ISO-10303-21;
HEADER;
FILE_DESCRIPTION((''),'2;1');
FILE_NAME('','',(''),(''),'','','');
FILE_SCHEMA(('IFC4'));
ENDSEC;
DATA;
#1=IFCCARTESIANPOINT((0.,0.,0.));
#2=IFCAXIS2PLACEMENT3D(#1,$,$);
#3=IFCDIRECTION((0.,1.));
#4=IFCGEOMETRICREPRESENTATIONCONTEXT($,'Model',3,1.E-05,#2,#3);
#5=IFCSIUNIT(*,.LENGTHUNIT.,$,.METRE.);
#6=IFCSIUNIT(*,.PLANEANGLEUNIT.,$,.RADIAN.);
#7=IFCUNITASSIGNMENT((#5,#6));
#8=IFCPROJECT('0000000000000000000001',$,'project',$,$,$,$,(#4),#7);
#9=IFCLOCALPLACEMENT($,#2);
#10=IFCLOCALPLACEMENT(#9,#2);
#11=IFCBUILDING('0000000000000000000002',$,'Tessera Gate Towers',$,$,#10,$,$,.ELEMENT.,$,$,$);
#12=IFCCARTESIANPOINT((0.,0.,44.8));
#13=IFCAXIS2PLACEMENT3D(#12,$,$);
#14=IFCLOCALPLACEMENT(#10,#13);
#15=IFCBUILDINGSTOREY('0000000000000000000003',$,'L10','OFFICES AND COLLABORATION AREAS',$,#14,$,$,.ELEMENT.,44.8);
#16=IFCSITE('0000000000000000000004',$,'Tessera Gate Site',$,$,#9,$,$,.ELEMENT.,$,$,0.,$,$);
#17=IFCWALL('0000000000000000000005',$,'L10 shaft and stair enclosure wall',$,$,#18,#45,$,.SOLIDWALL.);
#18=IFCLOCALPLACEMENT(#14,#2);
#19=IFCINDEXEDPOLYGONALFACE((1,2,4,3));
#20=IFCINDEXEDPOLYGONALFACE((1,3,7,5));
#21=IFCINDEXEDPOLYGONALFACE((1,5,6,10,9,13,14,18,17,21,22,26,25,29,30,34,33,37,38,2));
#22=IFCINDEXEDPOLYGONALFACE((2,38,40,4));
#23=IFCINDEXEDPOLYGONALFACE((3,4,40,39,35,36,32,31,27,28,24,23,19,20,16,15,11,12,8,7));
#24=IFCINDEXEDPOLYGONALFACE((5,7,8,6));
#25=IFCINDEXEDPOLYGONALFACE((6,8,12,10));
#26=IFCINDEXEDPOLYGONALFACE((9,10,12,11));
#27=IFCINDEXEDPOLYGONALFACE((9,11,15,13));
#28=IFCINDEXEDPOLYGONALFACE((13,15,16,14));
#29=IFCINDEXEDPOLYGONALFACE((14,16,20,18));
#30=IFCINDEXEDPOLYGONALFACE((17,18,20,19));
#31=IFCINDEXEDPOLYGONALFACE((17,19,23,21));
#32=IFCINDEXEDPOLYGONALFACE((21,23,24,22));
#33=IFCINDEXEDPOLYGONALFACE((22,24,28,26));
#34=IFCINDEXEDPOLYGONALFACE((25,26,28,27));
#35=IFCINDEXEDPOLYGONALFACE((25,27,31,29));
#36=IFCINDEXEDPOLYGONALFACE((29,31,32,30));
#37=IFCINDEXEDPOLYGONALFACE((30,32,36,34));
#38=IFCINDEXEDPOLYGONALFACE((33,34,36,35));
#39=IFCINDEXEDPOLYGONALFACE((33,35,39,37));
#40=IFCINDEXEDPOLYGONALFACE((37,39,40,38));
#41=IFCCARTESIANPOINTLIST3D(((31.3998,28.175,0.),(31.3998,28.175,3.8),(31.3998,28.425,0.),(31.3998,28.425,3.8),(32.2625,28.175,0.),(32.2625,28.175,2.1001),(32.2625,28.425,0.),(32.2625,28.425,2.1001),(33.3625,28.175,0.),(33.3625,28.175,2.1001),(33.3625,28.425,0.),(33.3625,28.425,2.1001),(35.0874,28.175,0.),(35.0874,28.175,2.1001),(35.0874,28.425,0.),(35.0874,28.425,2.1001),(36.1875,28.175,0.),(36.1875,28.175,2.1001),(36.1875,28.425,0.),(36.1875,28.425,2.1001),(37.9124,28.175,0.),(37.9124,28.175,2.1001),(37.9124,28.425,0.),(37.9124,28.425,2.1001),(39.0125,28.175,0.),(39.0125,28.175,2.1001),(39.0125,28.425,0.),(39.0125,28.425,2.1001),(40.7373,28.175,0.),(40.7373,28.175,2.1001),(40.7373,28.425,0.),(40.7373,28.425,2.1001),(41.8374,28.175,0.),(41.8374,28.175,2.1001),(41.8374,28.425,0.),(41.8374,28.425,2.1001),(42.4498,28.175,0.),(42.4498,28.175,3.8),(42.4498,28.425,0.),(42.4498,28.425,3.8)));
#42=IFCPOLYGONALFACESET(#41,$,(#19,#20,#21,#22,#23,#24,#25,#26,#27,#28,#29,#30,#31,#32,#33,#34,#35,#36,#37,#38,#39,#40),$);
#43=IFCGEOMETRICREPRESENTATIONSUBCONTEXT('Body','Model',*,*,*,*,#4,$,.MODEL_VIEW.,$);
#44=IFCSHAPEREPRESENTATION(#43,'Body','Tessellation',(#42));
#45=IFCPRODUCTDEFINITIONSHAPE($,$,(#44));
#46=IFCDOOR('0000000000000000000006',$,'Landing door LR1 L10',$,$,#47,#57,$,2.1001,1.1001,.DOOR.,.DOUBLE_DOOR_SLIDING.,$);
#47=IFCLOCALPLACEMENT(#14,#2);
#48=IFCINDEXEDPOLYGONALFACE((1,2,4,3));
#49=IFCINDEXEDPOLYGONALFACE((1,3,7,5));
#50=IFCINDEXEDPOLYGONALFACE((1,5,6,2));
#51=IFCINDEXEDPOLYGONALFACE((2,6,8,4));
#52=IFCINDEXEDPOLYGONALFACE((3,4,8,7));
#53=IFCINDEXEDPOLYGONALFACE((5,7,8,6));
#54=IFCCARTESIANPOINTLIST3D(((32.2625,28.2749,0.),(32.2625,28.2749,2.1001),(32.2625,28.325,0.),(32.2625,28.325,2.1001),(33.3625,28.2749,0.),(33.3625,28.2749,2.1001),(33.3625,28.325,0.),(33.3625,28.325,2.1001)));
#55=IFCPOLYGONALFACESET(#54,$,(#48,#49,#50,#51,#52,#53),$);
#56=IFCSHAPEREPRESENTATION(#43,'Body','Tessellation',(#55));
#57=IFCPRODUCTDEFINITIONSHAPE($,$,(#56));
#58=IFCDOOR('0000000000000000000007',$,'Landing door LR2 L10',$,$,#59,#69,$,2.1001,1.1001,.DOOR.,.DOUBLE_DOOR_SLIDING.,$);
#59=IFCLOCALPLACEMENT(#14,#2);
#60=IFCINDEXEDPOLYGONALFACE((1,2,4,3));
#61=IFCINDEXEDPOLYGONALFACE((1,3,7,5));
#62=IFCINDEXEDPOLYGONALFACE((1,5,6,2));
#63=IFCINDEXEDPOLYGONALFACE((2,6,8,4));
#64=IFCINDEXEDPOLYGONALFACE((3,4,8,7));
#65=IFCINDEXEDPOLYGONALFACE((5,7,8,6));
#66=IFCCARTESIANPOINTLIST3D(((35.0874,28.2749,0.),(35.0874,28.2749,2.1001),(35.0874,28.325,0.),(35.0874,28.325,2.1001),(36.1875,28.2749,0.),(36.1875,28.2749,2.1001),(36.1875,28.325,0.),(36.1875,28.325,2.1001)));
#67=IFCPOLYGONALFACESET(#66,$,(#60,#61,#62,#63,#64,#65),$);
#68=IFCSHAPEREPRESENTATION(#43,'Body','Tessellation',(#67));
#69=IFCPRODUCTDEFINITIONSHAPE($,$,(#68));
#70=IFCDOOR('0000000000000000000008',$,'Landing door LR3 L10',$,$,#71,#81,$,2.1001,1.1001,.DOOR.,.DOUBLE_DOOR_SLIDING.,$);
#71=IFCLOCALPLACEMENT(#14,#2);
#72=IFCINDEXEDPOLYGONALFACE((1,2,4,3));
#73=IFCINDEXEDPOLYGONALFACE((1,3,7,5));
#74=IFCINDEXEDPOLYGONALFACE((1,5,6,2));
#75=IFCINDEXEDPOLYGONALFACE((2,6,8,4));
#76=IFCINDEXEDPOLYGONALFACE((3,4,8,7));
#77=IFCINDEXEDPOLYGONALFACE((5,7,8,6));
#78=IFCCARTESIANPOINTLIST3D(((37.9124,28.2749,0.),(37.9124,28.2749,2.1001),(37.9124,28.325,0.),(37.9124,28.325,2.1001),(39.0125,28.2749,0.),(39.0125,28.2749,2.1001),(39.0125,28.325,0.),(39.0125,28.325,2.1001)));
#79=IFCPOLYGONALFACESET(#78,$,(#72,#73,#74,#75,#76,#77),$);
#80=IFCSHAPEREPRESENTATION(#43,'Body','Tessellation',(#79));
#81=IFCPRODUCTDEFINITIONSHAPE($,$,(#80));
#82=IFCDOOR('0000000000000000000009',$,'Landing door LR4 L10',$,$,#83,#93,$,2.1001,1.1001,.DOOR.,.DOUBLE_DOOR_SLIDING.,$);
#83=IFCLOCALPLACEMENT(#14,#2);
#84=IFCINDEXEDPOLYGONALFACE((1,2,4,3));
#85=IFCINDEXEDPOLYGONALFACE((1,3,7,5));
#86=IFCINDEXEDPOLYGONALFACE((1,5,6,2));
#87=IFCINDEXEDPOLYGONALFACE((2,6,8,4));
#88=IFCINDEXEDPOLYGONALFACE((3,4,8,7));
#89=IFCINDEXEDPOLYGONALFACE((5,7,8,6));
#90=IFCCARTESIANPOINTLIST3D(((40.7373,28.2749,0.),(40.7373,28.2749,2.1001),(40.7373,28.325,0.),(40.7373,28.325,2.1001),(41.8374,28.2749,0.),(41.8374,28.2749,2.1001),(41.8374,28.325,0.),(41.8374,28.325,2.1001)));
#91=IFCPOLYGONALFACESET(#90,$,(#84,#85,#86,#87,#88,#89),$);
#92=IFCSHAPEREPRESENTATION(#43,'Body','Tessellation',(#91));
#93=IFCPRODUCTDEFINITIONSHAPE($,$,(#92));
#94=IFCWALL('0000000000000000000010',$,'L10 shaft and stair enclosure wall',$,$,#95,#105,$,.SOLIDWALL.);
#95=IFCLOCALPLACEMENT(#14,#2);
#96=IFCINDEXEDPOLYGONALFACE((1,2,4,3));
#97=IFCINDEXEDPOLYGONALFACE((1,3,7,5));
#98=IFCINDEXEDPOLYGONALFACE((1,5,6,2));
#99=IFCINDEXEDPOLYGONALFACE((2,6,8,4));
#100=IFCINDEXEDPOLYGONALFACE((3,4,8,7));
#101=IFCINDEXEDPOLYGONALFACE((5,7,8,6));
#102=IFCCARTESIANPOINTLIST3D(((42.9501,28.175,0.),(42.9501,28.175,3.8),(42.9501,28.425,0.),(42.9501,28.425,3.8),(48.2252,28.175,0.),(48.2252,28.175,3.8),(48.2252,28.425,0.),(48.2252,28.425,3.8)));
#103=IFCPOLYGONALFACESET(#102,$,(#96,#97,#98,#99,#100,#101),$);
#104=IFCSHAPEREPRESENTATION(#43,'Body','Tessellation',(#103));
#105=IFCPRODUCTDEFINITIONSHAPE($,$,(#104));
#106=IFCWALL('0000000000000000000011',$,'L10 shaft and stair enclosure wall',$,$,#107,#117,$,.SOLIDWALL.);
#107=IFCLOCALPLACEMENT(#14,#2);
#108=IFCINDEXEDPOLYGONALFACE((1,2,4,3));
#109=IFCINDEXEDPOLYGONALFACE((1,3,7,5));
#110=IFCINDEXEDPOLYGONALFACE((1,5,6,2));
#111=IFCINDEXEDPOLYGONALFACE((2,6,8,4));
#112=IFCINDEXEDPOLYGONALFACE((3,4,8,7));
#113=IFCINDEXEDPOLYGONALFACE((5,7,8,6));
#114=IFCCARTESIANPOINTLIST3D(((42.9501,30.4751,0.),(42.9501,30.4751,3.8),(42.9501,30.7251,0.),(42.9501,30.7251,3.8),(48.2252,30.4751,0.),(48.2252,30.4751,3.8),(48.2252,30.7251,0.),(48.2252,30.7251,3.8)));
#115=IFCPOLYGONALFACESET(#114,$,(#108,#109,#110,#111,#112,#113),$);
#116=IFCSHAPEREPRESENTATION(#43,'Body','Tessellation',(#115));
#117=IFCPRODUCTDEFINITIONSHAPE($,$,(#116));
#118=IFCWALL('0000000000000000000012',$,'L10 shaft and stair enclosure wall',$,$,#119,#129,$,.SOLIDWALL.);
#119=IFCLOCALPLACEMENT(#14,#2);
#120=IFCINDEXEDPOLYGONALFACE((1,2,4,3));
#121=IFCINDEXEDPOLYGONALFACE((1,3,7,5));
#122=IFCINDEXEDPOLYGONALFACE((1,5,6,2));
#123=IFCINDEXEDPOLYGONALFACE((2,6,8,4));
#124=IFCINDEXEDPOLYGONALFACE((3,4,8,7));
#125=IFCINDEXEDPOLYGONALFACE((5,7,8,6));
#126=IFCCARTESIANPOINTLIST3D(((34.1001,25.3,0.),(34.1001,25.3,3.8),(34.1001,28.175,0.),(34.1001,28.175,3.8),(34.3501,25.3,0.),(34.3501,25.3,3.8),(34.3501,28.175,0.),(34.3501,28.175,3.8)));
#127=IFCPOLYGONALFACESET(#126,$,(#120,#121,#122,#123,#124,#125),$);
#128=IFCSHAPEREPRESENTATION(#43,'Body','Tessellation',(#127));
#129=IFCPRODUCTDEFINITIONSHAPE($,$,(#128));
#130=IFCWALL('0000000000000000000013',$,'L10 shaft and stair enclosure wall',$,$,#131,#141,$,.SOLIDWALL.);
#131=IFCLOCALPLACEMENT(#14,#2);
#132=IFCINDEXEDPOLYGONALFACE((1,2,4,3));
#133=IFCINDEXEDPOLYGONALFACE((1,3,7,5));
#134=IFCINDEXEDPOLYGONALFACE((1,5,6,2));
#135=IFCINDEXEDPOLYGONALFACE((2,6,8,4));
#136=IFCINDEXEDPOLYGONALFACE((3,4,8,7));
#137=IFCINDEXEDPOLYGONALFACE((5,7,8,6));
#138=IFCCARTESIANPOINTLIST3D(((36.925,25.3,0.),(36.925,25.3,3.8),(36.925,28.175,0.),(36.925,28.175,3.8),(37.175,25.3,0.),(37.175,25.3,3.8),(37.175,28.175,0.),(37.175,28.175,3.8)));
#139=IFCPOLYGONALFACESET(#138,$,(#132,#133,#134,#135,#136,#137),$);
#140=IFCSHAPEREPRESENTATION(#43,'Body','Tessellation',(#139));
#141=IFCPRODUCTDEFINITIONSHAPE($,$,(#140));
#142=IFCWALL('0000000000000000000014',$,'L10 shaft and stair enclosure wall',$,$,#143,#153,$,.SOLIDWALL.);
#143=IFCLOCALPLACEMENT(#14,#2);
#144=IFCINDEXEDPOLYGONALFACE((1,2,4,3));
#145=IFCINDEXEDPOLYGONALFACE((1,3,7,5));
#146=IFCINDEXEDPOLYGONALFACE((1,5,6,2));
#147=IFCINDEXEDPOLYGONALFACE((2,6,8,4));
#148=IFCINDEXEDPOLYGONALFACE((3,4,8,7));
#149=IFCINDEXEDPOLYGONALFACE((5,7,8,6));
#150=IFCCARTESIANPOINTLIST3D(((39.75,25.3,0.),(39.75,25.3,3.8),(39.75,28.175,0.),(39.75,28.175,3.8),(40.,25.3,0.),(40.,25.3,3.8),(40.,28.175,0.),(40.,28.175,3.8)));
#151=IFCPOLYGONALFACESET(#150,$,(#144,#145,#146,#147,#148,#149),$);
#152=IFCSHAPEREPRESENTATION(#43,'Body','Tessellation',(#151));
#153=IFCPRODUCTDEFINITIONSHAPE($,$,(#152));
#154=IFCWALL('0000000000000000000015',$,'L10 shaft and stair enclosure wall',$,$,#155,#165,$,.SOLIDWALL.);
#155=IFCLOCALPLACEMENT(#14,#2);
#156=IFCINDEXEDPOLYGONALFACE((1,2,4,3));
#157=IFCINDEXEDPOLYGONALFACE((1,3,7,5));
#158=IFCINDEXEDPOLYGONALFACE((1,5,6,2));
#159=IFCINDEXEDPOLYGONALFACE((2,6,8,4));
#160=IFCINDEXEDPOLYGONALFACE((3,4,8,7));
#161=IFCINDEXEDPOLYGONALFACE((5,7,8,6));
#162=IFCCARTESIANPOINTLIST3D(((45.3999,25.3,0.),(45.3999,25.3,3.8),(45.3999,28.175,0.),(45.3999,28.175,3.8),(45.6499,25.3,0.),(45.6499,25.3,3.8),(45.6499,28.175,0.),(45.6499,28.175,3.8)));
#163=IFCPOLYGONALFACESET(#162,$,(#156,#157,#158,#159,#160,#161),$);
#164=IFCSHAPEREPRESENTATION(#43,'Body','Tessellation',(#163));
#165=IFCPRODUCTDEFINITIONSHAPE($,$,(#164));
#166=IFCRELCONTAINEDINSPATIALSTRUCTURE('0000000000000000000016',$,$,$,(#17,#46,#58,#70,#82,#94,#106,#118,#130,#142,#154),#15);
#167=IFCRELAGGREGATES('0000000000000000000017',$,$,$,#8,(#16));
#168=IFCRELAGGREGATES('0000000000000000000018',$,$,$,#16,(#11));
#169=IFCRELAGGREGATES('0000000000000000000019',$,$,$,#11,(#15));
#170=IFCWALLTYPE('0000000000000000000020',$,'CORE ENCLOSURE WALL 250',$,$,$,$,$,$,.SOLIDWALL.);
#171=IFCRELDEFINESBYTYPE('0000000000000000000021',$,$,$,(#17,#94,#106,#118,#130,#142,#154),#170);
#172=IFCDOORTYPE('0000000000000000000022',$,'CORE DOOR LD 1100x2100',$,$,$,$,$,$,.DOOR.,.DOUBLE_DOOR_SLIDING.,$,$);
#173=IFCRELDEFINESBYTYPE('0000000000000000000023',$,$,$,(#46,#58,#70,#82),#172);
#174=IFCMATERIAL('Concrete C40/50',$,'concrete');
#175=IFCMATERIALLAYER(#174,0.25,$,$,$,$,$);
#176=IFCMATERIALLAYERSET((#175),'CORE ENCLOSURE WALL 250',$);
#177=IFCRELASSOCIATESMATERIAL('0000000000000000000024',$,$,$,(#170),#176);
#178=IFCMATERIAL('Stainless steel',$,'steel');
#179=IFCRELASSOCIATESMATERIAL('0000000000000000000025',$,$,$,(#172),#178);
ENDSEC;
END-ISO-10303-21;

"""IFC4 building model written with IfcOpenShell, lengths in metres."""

from ifc_helpers import new_model, si_unit, direction, frame, frame_2d, origin, place, context, subcontext, project, spatial, rectangle, extrude, source, transform, mapped, material, layer, layer_set, type_object, element, fill, save


model = new_model("IFC4")

# Units and contexts
model_context = context("Model", 3, precision=1e-05, world=origin(), true_north=direction((0.0, 1.0)))
body_context = subcontext(model_context, "Body", "Model", "MODEL_VIEW")
ifc_project = project(units=[si_unit("LENGTHUNIT", "METRE"), si_unit("PLANEANGLEUNIT", "RADIAN")], contexts=[model_context])

# Site, building, storey
site_placement = place(None, origin())
site = spatial("IfcSite", under=ifc_project, at=site_placement, Name="Tessera Gate Site", CompositionType="ELEMENT", RefElevation=0.0)
building_placement = place(site_placement, origin())
building = spatial("IfcBuilding", under=site, at=building_placement, Name="Tessera Gate Towers", CompositionType="ELEMENT")
storey_placement = place(building_placement, frame((0.0, 0.0, 44.8)))
storey = spatial("IfcBuildingStorey", under=building, at=storey_placement, Name="L10", Description="OFFICES AND COLLABORATION AREAS", CompositionType="ELEMENT", Elevation=44.8)

# Wall, openings, doors
ifc_material_1 = material(Name="Concrete C40/50", Category="concrete")
ifc_layer_1 = layer(ifc_material_1, 0.25)
ifc_layer_set_1 = layer_set([ifc_layer_1], Name="CORE ENCLOSURE WALL 250")
wall_type_1 = type_object("IfcWallType", Name="CORE ENCLOSURE WALL 250", PredefinedType="SOLIDWALL", material=ifc_layer_set_1)
wall_1_placement = place(storey_placement, frame((31.3999, 28.3, 0.0), z_axis=(0.0, 0.0, 1.0), x_axis=(1.0, 0.0, 0.0)))
wall_1 = element("IfcWall", 1, at=wall_1_placement, inside=storey, type_object=wall_type_1, Name="L10 shaft and stair enclosure wall", PredefinedType="SOLIDWALL", context=body_context, shape_type="SweptSolid", body=[
    extrude(rectangle(XDim=11.05, YDim=0.25, at=frame_2d((5.5249, 0.0))), origin(), (0.0, 0.0, 1.0), 3.8),
])
shared_shape_1 = source(origin(), body_context, "Body", "SweptSolid", [
    extrude(rectangle(XDim=1.1001, YDim=2.1001, at=frame_2d((0.55, 1.05))), frame((0.0, 0.135, 0.0), z_axis=(0.0, -1.0, 0.0), x_axis=(1.0, 0.0, 0.0)), (0.0, 0.0, 1.0), 0.27),
])
opening_1_placement = place(wall_1_placement, frame((0.8625, 0.0, 0.0)))
opening_1 = element("IfcOpeningElement", 2, at=opening_1_placement, cuts=wall_1, PredefinedType="OPENING", context=body_context, shape_type="MappedRepresentation", body=[
    mapped(shared_shape_1, transform((0.0, 0.0, 0.0), scale=1.0)),
])
opening_2_placement = place(wall_1_placement, frame((3.6875, 0.0, 0.0)))
opening_2 = element("IfcOpeningElement", 3, at=opening_2_placement, cuts=wall_1, PredefinedType="OPENING", context=body_context, shape_type="MappedRepresentation", body=[
    mapped(shared_shape_1, transform((0.0, 0.0, 0.0), scale=1.0)),
])
opening_3_placement = place(wall_1_placement, frame((6.5125, 0.0, 0.0)))
opening_3 = element("IfcOpeningElement", 4, at=opening_3_placement, cuts=wall_1, PredefinedType="OPENING", context=body_context, shape_type="MappedRepresentation", body=[
    mapped(shared_shape_1, transform((0.0, 0.0, 0.0), scale=1.0)),
])
opening_4_placement = place(wall_1_placement, frame((9.3374, 0.0, 0.0)))
opening_4 = element("IfcOpeningElement", 5, at=opening_4_placement, cuts=wall_1, PredefinedType="OPENING", context=body_context, shape_type="MappedRepresentation", body=[
    mapped(shared_shape_1, transform((0.0, 0.0, 0.0), scale=1.0)),
])
ifc_material_2 = material(Name="Stainless steel", Category="steel")
door_type_1 = type_object("IfcDoorType", Name="CORE DOOR LD 1100x2100", OperationType="DOUBLE_DOOR_SLIDING", PredefinedType="DOOR", material=ifc_material_2)
shared_shape_2 = source(origin(), body_context, "Body", "SweptSolid", [
    extrude(rectangle(XDim=1.1001, YDim=2.1001, at=frame_2d((0.55, 1.05))), frame((0.0, 0.0249, 0.0), z_axis=(0.0, -1.0, 0.0), x_axis=(1.0, 0.0, 0.0)), (0.0, 0.0, 1.0), 0.05),
])
door_1_placement = place(opening_1_placement, origin())
door_1 = element("IfcDoor", 6, at=door_1_placement, inside=storey, type_object=door_type_1, Name="Landing door LR1 L10", OperationType="DOUBLE_DOOR_SLIDING", OverallHeight=2.1001, OverallWidth=1.1001, PredefinedType="DOOR", context=body_context, shape_type="MappedRepresentation", body=[
    mapped(shared_shape_2, transform((0.0, 0.0, 0.0), scale=1.0)),
])
fill(opening_1, door_1)
door_2_placement = place(opening_2_placement, origin())
door_2 = element("IfcDoor", 7, at=door_2_placement, inside=storey, type_object=door_type_1, Name="Landing door LR2 L10", OperationType="DOUBLE_DOOR_SLIDING", OverallHeight=2.1001, OverallWidth=1.1001, PredefinedType="DOOR", context=body_context, shape_type="MappedRepresentation", body=[
    mapped(shared_shape_2, transform((0.0, 0.0, 0.0), scale=1.0)),
])
fill(opening_2, door_2)
door_3_placement = place(opening_3_placement, origin())
door_3 = element("IfcDoor", 8, at=door_3_placement, inside=storey, type_object=door_type_1, Name="Landing door LR3 L10", OperationType="DOUBLE_DOOR_SLIDING", OverallHeight=2.1001, OverallWidth=1.1001, PredefinedType="DOOR", context=body_context, shape_type="MappedRepresentation", body=[
    mapped(shared_shape_2, transform((0.0, 0.0, 0.0), scale=1.0)),
])
fill(opening_3, door_3)
door_4_placement = place(opening_4_placement, origin())
door_4 = element("IfcDoor", 9, at=door_4_placement, inside=storey, type_object=door_type_1, Name="Landing door LR4 L10", OperationType="DOUBLE_DOOR_SLIDING", OverallHeight=2.1001, OverallWidth=1.1001, PredefinedType="DOOR", context=body_context, shape_type="MappedRepresentation", body=[
    mapped(shared_shape_2, transform((0.0, 0.0, 0.0), scale=1.0)),
])
fill(opening_4, door_4)

# Walls
for number, where, z_axis, x_axis, name in (
    (10, (42.95, 28.3, 0.0), (0.0, 0.0, 1.0), (1.0, 0.0, 0.0), "L10 shaft and stair enclosure wall"),
    (11, (42.95, 30.6001, 0.0), (0.0, 0.0, 1.0), (1.0, 0.0, 0.0), "L10 shaft and stair enclosure wall"),
):
    element("IfcWall", number, at=place(storey_placement, frame(where, z_axis=z_axis, x_axis=x_axis)), inside=storey, type_object=wall_type_1, Name=name, PredefinedType="SOLIDWALL", context=body_context, shape_type="SweptSolid", body=[
        extrude(rectangle(XDim=5.2751, YDim=0.25, at=frame_2d((2.6377, 0.0))), origin(), (0.0, 0.0, 1.0), 3.8),
    ])
for number, where, z_axis, x_axis, name in (
    (12, (34.2251, 25.3, 0.0), (0.0, 0.0, 1.0), (0.0, 1.0, 0.0), "L10 shaft and stair enclosure wall"),
    (13, (37.05, 25.3, 0.0), (0.0, 0.0, 1.0), (0.0, 1.0, 0.0), "L10 shaft and stair enclosure wall"),
    (14, (39.875, 25.3, 0.0), (0.0, 0.0, 1.0), (0.0, 1.0, 0.0), "L10 shaft and stair enclosure wall"),
    (15, (45.5249, 25.3, 0.0), (0.0, 0.0, 1.0), (0.0, 1.0, 0.0), "L10 shaft and stair enclosure wall"),
):
    element("IfcWall", number, at=place(storey_placement, frame(where, z_axis=z_axis, x_axis=x_axis)), inside=storey, type_object=wall_type_1, Name=name, PredefinedType="SOLIDWALL", context=body_context, shape_type="SweptSolid", body=[
        extrude(rectangle(XDim=2.875, YDim=0.25, at=frame_2d((1.4375, 0.0))), origin(), (0.0, 0.0, 1.0), 3.8),
    ])

save(model, "model.ifc")
